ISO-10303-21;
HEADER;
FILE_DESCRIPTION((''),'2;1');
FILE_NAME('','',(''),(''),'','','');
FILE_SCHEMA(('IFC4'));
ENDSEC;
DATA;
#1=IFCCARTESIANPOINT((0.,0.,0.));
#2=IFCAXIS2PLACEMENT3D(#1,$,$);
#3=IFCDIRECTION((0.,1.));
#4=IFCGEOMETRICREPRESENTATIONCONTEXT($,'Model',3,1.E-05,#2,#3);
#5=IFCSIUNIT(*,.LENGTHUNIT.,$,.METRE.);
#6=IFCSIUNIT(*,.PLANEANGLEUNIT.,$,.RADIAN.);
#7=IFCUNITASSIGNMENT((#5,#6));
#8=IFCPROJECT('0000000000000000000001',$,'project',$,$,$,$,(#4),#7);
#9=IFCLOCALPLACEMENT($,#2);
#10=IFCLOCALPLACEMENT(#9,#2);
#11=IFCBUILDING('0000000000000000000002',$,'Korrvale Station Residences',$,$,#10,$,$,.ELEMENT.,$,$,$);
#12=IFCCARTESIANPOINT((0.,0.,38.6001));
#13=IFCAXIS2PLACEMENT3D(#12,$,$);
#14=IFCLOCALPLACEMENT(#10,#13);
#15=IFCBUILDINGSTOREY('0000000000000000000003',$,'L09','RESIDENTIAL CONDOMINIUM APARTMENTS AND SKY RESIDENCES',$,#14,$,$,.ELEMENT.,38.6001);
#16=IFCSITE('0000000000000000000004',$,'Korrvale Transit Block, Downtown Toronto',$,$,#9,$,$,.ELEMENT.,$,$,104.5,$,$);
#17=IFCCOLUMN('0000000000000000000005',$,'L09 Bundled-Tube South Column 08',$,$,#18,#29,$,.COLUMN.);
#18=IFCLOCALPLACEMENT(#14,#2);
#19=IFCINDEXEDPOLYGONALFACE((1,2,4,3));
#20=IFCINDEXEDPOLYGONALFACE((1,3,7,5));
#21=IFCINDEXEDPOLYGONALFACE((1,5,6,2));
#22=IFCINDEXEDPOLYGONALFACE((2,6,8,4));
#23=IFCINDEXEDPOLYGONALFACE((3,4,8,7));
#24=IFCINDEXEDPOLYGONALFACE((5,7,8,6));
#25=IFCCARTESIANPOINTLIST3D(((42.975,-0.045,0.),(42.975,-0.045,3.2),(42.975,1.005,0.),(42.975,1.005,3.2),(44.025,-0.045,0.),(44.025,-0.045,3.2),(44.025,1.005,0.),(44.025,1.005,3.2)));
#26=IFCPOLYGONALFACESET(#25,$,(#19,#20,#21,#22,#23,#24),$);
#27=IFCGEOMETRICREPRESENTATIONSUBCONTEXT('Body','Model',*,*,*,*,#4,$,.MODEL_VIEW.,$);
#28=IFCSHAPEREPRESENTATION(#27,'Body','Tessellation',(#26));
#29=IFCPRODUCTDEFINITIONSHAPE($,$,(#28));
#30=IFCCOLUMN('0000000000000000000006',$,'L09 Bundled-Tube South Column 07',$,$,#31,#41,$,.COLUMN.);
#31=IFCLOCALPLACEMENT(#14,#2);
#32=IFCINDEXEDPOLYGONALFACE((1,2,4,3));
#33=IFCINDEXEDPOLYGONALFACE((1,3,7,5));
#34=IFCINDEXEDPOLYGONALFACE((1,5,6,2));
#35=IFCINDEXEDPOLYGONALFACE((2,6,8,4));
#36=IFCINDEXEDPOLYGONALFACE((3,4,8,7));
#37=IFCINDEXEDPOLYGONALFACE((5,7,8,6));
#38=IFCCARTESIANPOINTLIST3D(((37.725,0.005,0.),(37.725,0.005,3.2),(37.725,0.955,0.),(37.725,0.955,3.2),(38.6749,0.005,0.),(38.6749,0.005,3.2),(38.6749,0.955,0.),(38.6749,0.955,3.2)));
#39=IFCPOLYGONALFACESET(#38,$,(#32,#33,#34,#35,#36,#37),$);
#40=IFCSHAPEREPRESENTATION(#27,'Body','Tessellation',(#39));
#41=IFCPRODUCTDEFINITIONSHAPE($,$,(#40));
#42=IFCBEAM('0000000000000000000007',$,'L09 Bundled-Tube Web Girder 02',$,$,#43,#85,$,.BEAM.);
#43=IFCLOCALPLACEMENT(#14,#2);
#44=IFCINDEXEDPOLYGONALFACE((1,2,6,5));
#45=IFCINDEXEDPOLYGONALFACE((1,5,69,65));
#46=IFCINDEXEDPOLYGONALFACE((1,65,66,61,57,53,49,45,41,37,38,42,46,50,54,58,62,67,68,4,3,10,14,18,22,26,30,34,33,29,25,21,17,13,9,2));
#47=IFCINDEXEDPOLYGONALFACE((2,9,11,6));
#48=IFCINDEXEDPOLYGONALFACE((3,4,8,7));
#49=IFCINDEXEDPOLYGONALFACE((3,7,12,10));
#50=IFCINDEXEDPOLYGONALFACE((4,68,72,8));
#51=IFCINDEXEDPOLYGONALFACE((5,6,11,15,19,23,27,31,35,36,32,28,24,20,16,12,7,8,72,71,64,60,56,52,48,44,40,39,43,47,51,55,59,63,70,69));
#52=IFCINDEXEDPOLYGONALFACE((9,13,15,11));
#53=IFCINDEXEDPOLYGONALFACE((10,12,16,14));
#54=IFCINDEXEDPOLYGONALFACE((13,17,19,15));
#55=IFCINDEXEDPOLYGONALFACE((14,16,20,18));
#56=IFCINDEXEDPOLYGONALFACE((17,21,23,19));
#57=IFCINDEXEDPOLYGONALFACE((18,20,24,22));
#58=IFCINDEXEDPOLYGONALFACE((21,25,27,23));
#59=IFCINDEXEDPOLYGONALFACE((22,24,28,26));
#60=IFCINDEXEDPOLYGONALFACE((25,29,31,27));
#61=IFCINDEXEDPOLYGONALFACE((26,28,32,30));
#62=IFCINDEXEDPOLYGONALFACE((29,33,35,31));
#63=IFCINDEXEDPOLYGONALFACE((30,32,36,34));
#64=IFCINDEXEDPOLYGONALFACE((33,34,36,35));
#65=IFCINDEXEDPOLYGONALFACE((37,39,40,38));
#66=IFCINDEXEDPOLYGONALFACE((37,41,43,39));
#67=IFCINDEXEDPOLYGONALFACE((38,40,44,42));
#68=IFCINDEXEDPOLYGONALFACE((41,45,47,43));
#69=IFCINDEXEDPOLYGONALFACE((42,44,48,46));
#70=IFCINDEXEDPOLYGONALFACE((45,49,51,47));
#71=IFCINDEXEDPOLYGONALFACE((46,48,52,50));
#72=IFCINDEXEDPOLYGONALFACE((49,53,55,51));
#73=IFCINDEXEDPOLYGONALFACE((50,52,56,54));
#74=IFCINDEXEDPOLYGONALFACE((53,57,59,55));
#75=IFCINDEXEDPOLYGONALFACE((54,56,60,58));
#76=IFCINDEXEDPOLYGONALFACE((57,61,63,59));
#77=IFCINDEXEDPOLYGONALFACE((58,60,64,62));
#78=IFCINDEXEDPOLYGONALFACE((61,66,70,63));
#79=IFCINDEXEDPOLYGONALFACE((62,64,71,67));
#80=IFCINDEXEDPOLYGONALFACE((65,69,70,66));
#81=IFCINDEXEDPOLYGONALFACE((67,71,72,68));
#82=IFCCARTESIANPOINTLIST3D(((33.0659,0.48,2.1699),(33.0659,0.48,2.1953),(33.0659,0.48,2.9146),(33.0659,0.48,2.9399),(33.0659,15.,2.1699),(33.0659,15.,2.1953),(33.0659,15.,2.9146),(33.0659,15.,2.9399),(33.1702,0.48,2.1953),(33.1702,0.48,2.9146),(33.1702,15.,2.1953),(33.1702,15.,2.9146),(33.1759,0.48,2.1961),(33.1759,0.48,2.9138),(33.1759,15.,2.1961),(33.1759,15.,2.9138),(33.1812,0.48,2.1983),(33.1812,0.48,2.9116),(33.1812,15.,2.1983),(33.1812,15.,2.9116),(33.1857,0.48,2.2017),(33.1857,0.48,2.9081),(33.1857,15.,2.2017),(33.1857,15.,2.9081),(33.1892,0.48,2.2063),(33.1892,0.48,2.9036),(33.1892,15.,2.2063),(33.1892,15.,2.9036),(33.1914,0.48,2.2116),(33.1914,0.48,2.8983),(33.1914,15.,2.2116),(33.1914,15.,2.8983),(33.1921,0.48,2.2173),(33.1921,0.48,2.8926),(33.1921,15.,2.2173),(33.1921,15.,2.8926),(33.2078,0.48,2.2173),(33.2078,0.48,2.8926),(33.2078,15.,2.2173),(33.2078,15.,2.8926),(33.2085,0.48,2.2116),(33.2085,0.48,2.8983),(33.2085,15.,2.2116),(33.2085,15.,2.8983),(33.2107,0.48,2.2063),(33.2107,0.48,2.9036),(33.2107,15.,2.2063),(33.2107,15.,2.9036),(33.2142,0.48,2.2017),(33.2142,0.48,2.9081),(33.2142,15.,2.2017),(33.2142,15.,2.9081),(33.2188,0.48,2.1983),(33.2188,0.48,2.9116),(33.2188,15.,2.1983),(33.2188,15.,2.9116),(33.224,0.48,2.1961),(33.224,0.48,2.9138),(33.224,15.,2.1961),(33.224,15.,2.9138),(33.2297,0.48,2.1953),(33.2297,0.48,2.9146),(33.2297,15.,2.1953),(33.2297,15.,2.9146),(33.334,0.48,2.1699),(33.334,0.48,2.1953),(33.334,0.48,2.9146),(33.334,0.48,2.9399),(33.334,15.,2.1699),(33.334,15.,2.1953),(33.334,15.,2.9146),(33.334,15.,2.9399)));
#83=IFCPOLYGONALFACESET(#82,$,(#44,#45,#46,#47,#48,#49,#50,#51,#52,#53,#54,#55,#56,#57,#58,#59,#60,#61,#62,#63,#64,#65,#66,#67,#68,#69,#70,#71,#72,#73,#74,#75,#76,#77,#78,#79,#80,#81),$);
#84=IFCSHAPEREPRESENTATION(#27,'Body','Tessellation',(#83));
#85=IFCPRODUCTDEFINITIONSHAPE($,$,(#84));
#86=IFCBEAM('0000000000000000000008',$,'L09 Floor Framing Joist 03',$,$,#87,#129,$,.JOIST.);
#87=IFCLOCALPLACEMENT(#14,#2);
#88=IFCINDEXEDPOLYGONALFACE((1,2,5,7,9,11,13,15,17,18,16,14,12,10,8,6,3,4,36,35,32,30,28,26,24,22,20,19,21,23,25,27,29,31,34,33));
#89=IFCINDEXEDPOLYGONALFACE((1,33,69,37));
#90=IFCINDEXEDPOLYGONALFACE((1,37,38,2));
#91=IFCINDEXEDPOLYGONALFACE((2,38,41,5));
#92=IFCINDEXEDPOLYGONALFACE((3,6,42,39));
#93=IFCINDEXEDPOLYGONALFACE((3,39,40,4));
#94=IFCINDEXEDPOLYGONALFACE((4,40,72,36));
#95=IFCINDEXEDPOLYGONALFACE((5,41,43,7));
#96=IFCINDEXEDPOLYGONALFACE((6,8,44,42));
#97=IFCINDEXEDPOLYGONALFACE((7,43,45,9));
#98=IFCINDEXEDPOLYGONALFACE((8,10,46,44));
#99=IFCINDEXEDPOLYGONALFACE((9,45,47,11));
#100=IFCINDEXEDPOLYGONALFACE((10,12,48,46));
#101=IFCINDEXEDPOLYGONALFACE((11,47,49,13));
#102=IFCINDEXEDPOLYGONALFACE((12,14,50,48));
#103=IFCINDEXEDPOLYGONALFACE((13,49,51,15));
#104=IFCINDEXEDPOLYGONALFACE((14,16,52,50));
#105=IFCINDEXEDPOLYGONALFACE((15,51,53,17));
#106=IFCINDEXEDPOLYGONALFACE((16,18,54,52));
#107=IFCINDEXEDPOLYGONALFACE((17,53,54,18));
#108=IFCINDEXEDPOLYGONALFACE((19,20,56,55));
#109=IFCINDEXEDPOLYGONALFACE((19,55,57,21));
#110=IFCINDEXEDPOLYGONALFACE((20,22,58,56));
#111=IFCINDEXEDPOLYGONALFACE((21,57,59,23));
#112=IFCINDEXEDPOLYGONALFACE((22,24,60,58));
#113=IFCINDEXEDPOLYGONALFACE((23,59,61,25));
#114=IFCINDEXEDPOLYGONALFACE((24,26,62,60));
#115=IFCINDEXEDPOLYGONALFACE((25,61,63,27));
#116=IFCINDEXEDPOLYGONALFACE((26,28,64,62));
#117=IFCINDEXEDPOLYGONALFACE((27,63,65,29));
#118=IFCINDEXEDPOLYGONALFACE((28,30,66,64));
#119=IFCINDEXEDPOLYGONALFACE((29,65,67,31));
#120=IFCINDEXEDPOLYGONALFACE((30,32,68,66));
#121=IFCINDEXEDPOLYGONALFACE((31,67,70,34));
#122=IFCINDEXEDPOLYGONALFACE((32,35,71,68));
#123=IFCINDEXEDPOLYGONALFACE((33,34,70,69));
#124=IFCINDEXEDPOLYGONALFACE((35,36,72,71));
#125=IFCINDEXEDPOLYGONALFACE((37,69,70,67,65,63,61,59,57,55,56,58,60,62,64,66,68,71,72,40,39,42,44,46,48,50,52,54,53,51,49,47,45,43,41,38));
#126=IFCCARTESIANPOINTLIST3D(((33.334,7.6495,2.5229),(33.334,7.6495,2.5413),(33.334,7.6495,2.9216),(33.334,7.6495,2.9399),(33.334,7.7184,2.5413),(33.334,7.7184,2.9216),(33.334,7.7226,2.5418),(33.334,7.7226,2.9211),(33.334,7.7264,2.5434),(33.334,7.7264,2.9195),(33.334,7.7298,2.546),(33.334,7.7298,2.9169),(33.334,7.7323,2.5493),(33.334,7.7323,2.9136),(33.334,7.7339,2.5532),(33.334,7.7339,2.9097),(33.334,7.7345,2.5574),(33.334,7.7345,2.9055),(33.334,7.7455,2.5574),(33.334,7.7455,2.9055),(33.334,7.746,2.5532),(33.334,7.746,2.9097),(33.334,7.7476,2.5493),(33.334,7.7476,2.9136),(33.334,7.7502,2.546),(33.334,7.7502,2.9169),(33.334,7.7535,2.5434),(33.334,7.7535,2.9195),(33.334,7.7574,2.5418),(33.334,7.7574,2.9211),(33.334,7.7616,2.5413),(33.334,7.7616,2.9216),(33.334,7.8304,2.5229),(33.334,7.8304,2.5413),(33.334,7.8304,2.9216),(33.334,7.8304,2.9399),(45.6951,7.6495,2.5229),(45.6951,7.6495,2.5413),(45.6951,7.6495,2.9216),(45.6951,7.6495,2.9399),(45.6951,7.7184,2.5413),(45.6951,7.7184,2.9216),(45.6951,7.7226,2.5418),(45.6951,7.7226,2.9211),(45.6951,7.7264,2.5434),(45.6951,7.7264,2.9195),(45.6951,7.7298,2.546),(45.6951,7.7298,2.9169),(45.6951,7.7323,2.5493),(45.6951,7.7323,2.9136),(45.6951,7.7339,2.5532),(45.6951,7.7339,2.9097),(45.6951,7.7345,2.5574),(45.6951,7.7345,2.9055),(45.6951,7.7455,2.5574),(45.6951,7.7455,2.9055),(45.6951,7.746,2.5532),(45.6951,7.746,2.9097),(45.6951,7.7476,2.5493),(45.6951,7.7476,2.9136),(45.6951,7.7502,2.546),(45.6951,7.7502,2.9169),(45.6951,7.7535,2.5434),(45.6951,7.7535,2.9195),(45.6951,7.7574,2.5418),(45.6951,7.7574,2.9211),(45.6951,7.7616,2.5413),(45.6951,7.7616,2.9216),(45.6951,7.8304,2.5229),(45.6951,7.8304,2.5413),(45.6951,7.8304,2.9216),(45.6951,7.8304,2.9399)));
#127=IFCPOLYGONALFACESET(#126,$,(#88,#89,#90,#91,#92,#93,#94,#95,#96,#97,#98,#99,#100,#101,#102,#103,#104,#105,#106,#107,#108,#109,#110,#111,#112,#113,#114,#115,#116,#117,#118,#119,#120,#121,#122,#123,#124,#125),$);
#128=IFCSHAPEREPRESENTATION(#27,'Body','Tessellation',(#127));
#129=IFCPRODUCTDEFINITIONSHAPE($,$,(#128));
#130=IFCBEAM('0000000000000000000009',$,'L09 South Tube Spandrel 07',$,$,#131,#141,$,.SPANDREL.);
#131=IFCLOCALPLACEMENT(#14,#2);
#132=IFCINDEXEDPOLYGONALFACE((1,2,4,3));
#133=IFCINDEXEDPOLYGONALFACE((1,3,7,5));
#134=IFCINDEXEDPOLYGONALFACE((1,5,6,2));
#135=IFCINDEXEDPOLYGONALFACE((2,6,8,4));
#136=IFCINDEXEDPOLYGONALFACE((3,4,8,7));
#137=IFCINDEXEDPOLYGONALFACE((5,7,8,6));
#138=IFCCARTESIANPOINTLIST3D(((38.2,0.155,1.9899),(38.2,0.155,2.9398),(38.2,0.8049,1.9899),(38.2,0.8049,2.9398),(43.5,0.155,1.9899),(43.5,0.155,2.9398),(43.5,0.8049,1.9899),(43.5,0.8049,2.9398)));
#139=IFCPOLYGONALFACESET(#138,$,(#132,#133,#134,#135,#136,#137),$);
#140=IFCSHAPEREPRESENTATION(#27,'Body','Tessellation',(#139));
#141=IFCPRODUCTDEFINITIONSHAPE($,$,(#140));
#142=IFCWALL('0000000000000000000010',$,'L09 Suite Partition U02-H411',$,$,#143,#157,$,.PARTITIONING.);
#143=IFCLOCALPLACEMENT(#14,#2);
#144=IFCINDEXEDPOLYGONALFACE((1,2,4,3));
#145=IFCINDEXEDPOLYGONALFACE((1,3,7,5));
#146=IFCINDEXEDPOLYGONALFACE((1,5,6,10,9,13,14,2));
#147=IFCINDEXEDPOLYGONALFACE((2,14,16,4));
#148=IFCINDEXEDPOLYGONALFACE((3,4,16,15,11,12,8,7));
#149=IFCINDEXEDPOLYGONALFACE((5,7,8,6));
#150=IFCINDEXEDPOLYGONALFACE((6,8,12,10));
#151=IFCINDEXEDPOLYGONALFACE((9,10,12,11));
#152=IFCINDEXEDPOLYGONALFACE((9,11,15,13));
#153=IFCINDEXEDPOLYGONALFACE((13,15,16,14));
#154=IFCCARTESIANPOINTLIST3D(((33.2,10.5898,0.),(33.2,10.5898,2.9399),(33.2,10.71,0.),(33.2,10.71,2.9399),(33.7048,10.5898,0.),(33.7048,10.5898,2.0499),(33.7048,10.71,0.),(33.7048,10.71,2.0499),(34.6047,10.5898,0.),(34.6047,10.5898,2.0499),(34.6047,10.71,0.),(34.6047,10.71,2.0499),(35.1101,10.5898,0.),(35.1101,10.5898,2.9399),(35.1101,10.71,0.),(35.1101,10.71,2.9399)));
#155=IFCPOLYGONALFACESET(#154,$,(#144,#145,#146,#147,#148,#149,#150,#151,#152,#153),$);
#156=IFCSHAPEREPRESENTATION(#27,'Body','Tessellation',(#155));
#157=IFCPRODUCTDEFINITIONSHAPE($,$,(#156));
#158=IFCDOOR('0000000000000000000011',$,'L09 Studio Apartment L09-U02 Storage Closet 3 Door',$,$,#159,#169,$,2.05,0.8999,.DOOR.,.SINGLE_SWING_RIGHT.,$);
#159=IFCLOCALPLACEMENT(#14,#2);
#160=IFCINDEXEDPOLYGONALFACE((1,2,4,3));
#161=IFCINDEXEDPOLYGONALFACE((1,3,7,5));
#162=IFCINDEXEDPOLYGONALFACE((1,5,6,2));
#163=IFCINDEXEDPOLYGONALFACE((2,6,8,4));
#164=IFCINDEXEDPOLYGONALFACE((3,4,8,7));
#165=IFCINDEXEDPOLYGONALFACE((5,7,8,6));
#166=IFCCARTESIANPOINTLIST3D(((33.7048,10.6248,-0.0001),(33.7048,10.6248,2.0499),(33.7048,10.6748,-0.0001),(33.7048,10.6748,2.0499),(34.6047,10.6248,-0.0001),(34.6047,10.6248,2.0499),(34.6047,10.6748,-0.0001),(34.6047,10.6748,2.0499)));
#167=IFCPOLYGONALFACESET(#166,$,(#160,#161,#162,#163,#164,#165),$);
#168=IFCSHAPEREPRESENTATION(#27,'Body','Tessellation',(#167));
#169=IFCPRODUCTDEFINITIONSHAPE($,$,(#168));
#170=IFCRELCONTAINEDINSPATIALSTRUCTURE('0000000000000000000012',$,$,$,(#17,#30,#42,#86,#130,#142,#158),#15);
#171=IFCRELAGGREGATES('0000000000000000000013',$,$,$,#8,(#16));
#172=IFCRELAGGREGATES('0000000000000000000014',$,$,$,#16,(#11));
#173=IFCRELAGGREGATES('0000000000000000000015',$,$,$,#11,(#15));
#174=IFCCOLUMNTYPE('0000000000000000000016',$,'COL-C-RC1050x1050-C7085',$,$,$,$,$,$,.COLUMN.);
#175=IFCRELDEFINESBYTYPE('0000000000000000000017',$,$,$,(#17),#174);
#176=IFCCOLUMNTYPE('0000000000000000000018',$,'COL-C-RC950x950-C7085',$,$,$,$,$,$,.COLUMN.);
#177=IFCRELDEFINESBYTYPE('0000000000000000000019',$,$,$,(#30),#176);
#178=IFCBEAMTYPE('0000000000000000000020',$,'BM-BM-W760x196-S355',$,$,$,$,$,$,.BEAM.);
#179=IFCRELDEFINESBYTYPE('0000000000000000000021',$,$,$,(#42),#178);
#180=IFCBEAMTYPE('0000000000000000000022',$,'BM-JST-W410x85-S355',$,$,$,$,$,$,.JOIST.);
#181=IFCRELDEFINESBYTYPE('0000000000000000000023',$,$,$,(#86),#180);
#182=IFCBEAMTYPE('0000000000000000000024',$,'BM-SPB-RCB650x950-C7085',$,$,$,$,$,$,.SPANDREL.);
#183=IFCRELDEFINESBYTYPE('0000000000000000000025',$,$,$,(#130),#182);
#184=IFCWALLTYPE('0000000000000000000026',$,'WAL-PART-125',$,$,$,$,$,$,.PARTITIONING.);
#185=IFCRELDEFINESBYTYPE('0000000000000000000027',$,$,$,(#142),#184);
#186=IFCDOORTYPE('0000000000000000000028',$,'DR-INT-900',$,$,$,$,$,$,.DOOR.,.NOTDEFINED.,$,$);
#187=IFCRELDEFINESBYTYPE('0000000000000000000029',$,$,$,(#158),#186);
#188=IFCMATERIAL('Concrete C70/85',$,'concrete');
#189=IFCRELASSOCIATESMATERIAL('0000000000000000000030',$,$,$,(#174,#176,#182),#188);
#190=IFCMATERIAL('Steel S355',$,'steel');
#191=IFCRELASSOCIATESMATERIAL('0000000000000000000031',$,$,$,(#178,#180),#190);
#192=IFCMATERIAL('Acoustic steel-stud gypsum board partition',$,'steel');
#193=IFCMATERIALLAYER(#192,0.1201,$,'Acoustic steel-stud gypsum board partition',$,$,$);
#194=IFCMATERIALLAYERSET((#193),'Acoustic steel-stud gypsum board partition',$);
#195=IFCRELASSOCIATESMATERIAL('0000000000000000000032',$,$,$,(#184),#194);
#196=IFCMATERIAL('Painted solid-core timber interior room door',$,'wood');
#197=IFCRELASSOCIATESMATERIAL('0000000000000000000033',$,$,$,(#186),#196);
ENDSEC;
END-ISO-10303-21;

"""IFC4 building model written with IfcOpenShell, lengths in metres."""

from ifc_helpers import new_model, si_unit, direction, frame, frame_2d, origin, origin_2d, place, context, subcontext, project, spatial, rectangle, i_section, extrude, material, layer, layer_set, material_profile, profile_set, type_object, element, fill, save


model = new_model("IFC4")

# Units and contexts
model_context = context("Model", 3, precision=1e-05, world=origin(), true_north=direction((0.0, 1.0)))
body_context = subcontext(model_context, "Body", "Model", "MODEL_VIEW")
ifc_project = project(units=[si_unit("LENGTHUNIT", "METRE"), si_unit("PLANEANGLEUNIT", "RADIAN")], contexts=[model_context])

# Site, building, storey
site_placement = place(None, origin())
site = spatial("IfcSite", under=ifc_project, at=site_placement, Name="Korrvale Transit Block, Downtown Toronto", CompositionType="ELEMENT", RefElevation=104.5)
building_placement = place(site_placement, origin())
building = spatial("IfcBuilding", under=site, at=building_placement, Name="Korrvale Station Residences", CompositionType="ELEMENT")
storey_placement = place(building_placement, frame((0.0, 0.0, 38.6001)))
storey = spatial("IfcBuildingStorey", under=building, at=storey_placement, Name="L09", Description="RESIDENTIAL CONDOMINIUM APARTMENTS AND SKY RESIDENCES", CompositionType="ELEMENT", Elevation=38.6001)

# Columns
ifc_material_1 = material(Name="Concrete C70/85", Category="concrete")
ifc_material_profile_1 = material_profile(ifc_material_1, rectangle(XDim=1.05, YDim=1.05, at=origin_2d()), Name="RC1050x1050")
ifc_profile_set_1 = profile_set([ifc_material_profile_1], Name="Concrete C70/85")
column_type_1 = type_object("IfcColumnType", Name="COL-C-RC1050x1050-C7085", PredefinedType="COLUMN", material=ifc_profile_set_1)
column_1_placement = place(storey_placement, frame((43.5, 0.48, 0.0), z_axis=(0.0, 0.0, 1.0), x_axis=(1.0, 0.0, 0.0)))
element("IfcColumn", 1, at=column_1_placement, inside=storey, type_object=column_type_1, Name="L09 Bundled-Tube South Column 08", PredefinedType="COLUMN", context=body_context, shape_type="SweptSolid", body=[
    extrude(rectangle(XDim=1.05, YDim=1.05, at=origin_2d()), origin(), (0.0, 0.0, 1.0), 3.2),
])
ifc_material_profile_2 = material_profile(ifc_material_1, rectangle(XDim=0.95, YDim=0.95, at=origin_2d()), Name="RC950x950")
ifc_profile_set_2 = profile_set([ifc_material_profile_2], Name="Concrete C70/85")
column_type_2 = type_object("IfcColumnType", Name="COL-C-RC950x950-C7085", PredefinedType="COLUMN", material=ifc_profile_set_2)
column_2_placement = place(storey_placement, frame((38.2, 0.48, 0.0), z_axis=(0.0, 0.0, 1.0), x_axis=(1.0, 0.0, 0.0)))
element("IfcColumn", 2, at=column_2_placement, inside=storey, type_object=column_type_2, Name="L09 Bundled-Tube South Column 07", PredefinedType="COLUMN", context=body_context, shape_type="SweptSolid", body=[
    extrude(rectangle(XDim=0.95, YDim=0.95, at=origin_2d()), origin(), (0.0, 0.0, 1.0), 3.2),
])

# Beams
ifc_material_2 = material(Name="Steel S355", Category="steel")
ifc_material_profile_3 = material_profile(ifc_material_2, i_section(OverallWidth=0.2681, OverallDepth=0.77, WebThickness=0.0156, FlangeThickness=0.0254, FilletRadius=0.022, at=origin_2d()), Name="W760x196")
ifc_profile_set_3 = profile_set([ifc_material_profile_3], Name="Steel S355")
beam_type_1 = type_object("IfcBeamType", Name="BM-BM-W760x196-S355", PredefinedType="BEAM", material=ifc_profile_set_3)
beam_1_placement = place(storey_placement, frame((33.2, 0.48, 2.5549), z_axis=(0.0, 1.0, 0.0), x_axis=(-1.0, 0.0, 0.0)))
element("IfcBeam", 3, at=beam_1_placement, inside=storey, type_object=beam_type_1, Name="L09 Bundled-Tube Web Girder 02", PredefinedType="BEAM", context=body_context, shape_type="SweptSolid", body=[
    extrude(i_section(OverallWidth=0.2681, OverallDepth=0.77, WebThickness=0.0156, FlangeThickness=0.0254, FilletRadius=0.022, at=origin_2d()), origin(), (0.0, 0.0, 1.0), 14.52),
])
ifc_material_profile_4 = material_profile(ifc_material_2, i_section(OverallWidth=0.1809, OverallDepth=0.417, WebThickness=0.011, FlangeThickness=0.0183, FilletRadius=0.0161, at=origin_2d()), Name="W410x85")
ifc_profile_set_4 = profile_set([ifc_material_profile_4], Name="Steel S355")
beam_type_2 = type_object("IfcBeamType", Name="BM-JST-W410x85-S355", PredefinedType="JOIST", material=ifc_profile_set_4)
beam_2_placement = place(storey_placement, frame((33.334, 7.74, 2.7314), z_axis=(1.0, 0.0, 0.0), x_axis=(0.0, 1.0, 0.0)))
element("IfcBeam", 4, at=beam_2_placement, inside=storey, type_object=beam_type_2, Name="L09 Floor Framing Joist 03", PredefinedType="JOIST", context=body_context, shape_type="SweptSolid", body=[
    extrude(i_section(OverallWidth=0.1809, OverallDepth=0.417, WebThickness=0.011, FlangeThickness=0.0183, FilletRadius=0.0161, at=origin_2d()), origin(), (0.0, 0.0, 1.0), 12.3611),
])
ifc_material_profile_5 = material_profile(ifc_material_1, rectangle(XDim=0.6499, YDim=0.95, at=origin_2d()), Name="RCB650x950")
ifc_profile_set_5 = profile_set([ifc_material_profile_5], Name="Concrete C70/85")
beam_type_3 = type_object("IfcBeamType", Name="BM-SPB-RCB650x950-C7085", PredefinedType="SPANDREL", material=ifc_profile_set_5)
beam_3_placement = place(storey_placement, frame((38.2, 0.48, 2.4648), z_axis=(1.0, 0.0, 0.0), x_axis=(0.0, 1.0, 0.0)))
element("IfcBeam", 5, at=beam_3_placement, inside=storey, type_object=beam_type_3, Name="L09 South Tube Spandrel 07", PredefinedType="SPANDREL", context=body_context, shape_type="SweptSolid", body=[
    extrude(rectangle(XDim=0.6499, YDim=0.95, at=origin_2d()), origin(), (0.0, 0.0, 1.0), 5.3),
])

# Wall, opening, door
ifc_material_3 = material(Name="Acoustic steel-stud gypsum board partition", Category="steel")
ifc_layer_1 = layer(ifc_material_3, 0.1201, Name="Acoustic steel-stud gypsum board partition")
ifc_layer_set_1 = layer_set([ifc_layer_1], Name="Acoustic steel-stud gypsum board partition")
wall_type = type_object("IfcWallType", Name="WAL-PART-125", PredefinedType="PARTITIONING", material=ifc_layer_set_1)
wall_1_placement = place(storey_placement, frame((33.2, 10.6499, 0.0), z_axis=(0.0, 0.0, 1.0), x_axis=(1.0, 0.0, 0.0)))
wall_1 = element("IfcWall", 6, at=wall_1_placement, inside=storey, type_object=wall_type, Name="L09 Suite Partition U02-H411", PredefinedType="PARTITIONING", context=body_context, shape_type="SweptSolid", body=[
    extrude(rectangle(XDim=1.9102, YDim=0.1201, at=frame_2d((0.9551, 0.0))), origin(), (0.0, 0.0, 1.0), 2.9399),
])
opening_1_placement = place(wall_1_placement, frame((0.5049, 0.0, 0.0)))
opening_1 = element("IfcOpeningElement", 7, at=opening_1_placement, cuts=wall_1, PredefinedType="OPENING", context=body_context, shape_type="SweptSolid", body=[
    extrude(rectangle(XDim=0.8999, YDim=2.05, at=frame_2d((0.45, 1.0249))), frame((0.0, 0.0701, 0.0), z_axis=(0.0, -1.0, 0.0), x_axis=(1.0, 0.0, 0.0)), (0.0, 0.0, 1.0), 0.1401),
])
ifc_material_4 = material(Name="Painted solid-core timber interior room door", Category="wood")
door_type = type_object("IfcDoorType", Name="DR-INT-900", OperationType="NOTDEFINED", PredefinedType="DOOR", material=ifc_material_4)
door_1_placement = place(opening_1_placement, origin())
door_1 = element("IfcDoor", 8, at=door_1_placement, inside=storey, type_object=door_type, Name="L09 Studio Apartment L09-U02 Storage Closet 3 Door", OperationType="SINGLE_SWING_RIGHT", OverallHeight=2.05, OverallWidth=0.8999, PredefinedType="DOOR", context=body_context, shape_type="SweptSolid", body=[
    extrude(rectangle(XDim=0.8999, YDim=2.05, at=frame_2d((0.45, 1.0249))), frame((0.0, 0.0249, 0.0), z_axis=(0.0, -1.0, 0.0), x_axis=(1.0, 0.0, 0.0)), (0.0, 0.0, 1.0), 0.05),
])
fill(opening_1, door_1)

save(model, "model.ifc")
